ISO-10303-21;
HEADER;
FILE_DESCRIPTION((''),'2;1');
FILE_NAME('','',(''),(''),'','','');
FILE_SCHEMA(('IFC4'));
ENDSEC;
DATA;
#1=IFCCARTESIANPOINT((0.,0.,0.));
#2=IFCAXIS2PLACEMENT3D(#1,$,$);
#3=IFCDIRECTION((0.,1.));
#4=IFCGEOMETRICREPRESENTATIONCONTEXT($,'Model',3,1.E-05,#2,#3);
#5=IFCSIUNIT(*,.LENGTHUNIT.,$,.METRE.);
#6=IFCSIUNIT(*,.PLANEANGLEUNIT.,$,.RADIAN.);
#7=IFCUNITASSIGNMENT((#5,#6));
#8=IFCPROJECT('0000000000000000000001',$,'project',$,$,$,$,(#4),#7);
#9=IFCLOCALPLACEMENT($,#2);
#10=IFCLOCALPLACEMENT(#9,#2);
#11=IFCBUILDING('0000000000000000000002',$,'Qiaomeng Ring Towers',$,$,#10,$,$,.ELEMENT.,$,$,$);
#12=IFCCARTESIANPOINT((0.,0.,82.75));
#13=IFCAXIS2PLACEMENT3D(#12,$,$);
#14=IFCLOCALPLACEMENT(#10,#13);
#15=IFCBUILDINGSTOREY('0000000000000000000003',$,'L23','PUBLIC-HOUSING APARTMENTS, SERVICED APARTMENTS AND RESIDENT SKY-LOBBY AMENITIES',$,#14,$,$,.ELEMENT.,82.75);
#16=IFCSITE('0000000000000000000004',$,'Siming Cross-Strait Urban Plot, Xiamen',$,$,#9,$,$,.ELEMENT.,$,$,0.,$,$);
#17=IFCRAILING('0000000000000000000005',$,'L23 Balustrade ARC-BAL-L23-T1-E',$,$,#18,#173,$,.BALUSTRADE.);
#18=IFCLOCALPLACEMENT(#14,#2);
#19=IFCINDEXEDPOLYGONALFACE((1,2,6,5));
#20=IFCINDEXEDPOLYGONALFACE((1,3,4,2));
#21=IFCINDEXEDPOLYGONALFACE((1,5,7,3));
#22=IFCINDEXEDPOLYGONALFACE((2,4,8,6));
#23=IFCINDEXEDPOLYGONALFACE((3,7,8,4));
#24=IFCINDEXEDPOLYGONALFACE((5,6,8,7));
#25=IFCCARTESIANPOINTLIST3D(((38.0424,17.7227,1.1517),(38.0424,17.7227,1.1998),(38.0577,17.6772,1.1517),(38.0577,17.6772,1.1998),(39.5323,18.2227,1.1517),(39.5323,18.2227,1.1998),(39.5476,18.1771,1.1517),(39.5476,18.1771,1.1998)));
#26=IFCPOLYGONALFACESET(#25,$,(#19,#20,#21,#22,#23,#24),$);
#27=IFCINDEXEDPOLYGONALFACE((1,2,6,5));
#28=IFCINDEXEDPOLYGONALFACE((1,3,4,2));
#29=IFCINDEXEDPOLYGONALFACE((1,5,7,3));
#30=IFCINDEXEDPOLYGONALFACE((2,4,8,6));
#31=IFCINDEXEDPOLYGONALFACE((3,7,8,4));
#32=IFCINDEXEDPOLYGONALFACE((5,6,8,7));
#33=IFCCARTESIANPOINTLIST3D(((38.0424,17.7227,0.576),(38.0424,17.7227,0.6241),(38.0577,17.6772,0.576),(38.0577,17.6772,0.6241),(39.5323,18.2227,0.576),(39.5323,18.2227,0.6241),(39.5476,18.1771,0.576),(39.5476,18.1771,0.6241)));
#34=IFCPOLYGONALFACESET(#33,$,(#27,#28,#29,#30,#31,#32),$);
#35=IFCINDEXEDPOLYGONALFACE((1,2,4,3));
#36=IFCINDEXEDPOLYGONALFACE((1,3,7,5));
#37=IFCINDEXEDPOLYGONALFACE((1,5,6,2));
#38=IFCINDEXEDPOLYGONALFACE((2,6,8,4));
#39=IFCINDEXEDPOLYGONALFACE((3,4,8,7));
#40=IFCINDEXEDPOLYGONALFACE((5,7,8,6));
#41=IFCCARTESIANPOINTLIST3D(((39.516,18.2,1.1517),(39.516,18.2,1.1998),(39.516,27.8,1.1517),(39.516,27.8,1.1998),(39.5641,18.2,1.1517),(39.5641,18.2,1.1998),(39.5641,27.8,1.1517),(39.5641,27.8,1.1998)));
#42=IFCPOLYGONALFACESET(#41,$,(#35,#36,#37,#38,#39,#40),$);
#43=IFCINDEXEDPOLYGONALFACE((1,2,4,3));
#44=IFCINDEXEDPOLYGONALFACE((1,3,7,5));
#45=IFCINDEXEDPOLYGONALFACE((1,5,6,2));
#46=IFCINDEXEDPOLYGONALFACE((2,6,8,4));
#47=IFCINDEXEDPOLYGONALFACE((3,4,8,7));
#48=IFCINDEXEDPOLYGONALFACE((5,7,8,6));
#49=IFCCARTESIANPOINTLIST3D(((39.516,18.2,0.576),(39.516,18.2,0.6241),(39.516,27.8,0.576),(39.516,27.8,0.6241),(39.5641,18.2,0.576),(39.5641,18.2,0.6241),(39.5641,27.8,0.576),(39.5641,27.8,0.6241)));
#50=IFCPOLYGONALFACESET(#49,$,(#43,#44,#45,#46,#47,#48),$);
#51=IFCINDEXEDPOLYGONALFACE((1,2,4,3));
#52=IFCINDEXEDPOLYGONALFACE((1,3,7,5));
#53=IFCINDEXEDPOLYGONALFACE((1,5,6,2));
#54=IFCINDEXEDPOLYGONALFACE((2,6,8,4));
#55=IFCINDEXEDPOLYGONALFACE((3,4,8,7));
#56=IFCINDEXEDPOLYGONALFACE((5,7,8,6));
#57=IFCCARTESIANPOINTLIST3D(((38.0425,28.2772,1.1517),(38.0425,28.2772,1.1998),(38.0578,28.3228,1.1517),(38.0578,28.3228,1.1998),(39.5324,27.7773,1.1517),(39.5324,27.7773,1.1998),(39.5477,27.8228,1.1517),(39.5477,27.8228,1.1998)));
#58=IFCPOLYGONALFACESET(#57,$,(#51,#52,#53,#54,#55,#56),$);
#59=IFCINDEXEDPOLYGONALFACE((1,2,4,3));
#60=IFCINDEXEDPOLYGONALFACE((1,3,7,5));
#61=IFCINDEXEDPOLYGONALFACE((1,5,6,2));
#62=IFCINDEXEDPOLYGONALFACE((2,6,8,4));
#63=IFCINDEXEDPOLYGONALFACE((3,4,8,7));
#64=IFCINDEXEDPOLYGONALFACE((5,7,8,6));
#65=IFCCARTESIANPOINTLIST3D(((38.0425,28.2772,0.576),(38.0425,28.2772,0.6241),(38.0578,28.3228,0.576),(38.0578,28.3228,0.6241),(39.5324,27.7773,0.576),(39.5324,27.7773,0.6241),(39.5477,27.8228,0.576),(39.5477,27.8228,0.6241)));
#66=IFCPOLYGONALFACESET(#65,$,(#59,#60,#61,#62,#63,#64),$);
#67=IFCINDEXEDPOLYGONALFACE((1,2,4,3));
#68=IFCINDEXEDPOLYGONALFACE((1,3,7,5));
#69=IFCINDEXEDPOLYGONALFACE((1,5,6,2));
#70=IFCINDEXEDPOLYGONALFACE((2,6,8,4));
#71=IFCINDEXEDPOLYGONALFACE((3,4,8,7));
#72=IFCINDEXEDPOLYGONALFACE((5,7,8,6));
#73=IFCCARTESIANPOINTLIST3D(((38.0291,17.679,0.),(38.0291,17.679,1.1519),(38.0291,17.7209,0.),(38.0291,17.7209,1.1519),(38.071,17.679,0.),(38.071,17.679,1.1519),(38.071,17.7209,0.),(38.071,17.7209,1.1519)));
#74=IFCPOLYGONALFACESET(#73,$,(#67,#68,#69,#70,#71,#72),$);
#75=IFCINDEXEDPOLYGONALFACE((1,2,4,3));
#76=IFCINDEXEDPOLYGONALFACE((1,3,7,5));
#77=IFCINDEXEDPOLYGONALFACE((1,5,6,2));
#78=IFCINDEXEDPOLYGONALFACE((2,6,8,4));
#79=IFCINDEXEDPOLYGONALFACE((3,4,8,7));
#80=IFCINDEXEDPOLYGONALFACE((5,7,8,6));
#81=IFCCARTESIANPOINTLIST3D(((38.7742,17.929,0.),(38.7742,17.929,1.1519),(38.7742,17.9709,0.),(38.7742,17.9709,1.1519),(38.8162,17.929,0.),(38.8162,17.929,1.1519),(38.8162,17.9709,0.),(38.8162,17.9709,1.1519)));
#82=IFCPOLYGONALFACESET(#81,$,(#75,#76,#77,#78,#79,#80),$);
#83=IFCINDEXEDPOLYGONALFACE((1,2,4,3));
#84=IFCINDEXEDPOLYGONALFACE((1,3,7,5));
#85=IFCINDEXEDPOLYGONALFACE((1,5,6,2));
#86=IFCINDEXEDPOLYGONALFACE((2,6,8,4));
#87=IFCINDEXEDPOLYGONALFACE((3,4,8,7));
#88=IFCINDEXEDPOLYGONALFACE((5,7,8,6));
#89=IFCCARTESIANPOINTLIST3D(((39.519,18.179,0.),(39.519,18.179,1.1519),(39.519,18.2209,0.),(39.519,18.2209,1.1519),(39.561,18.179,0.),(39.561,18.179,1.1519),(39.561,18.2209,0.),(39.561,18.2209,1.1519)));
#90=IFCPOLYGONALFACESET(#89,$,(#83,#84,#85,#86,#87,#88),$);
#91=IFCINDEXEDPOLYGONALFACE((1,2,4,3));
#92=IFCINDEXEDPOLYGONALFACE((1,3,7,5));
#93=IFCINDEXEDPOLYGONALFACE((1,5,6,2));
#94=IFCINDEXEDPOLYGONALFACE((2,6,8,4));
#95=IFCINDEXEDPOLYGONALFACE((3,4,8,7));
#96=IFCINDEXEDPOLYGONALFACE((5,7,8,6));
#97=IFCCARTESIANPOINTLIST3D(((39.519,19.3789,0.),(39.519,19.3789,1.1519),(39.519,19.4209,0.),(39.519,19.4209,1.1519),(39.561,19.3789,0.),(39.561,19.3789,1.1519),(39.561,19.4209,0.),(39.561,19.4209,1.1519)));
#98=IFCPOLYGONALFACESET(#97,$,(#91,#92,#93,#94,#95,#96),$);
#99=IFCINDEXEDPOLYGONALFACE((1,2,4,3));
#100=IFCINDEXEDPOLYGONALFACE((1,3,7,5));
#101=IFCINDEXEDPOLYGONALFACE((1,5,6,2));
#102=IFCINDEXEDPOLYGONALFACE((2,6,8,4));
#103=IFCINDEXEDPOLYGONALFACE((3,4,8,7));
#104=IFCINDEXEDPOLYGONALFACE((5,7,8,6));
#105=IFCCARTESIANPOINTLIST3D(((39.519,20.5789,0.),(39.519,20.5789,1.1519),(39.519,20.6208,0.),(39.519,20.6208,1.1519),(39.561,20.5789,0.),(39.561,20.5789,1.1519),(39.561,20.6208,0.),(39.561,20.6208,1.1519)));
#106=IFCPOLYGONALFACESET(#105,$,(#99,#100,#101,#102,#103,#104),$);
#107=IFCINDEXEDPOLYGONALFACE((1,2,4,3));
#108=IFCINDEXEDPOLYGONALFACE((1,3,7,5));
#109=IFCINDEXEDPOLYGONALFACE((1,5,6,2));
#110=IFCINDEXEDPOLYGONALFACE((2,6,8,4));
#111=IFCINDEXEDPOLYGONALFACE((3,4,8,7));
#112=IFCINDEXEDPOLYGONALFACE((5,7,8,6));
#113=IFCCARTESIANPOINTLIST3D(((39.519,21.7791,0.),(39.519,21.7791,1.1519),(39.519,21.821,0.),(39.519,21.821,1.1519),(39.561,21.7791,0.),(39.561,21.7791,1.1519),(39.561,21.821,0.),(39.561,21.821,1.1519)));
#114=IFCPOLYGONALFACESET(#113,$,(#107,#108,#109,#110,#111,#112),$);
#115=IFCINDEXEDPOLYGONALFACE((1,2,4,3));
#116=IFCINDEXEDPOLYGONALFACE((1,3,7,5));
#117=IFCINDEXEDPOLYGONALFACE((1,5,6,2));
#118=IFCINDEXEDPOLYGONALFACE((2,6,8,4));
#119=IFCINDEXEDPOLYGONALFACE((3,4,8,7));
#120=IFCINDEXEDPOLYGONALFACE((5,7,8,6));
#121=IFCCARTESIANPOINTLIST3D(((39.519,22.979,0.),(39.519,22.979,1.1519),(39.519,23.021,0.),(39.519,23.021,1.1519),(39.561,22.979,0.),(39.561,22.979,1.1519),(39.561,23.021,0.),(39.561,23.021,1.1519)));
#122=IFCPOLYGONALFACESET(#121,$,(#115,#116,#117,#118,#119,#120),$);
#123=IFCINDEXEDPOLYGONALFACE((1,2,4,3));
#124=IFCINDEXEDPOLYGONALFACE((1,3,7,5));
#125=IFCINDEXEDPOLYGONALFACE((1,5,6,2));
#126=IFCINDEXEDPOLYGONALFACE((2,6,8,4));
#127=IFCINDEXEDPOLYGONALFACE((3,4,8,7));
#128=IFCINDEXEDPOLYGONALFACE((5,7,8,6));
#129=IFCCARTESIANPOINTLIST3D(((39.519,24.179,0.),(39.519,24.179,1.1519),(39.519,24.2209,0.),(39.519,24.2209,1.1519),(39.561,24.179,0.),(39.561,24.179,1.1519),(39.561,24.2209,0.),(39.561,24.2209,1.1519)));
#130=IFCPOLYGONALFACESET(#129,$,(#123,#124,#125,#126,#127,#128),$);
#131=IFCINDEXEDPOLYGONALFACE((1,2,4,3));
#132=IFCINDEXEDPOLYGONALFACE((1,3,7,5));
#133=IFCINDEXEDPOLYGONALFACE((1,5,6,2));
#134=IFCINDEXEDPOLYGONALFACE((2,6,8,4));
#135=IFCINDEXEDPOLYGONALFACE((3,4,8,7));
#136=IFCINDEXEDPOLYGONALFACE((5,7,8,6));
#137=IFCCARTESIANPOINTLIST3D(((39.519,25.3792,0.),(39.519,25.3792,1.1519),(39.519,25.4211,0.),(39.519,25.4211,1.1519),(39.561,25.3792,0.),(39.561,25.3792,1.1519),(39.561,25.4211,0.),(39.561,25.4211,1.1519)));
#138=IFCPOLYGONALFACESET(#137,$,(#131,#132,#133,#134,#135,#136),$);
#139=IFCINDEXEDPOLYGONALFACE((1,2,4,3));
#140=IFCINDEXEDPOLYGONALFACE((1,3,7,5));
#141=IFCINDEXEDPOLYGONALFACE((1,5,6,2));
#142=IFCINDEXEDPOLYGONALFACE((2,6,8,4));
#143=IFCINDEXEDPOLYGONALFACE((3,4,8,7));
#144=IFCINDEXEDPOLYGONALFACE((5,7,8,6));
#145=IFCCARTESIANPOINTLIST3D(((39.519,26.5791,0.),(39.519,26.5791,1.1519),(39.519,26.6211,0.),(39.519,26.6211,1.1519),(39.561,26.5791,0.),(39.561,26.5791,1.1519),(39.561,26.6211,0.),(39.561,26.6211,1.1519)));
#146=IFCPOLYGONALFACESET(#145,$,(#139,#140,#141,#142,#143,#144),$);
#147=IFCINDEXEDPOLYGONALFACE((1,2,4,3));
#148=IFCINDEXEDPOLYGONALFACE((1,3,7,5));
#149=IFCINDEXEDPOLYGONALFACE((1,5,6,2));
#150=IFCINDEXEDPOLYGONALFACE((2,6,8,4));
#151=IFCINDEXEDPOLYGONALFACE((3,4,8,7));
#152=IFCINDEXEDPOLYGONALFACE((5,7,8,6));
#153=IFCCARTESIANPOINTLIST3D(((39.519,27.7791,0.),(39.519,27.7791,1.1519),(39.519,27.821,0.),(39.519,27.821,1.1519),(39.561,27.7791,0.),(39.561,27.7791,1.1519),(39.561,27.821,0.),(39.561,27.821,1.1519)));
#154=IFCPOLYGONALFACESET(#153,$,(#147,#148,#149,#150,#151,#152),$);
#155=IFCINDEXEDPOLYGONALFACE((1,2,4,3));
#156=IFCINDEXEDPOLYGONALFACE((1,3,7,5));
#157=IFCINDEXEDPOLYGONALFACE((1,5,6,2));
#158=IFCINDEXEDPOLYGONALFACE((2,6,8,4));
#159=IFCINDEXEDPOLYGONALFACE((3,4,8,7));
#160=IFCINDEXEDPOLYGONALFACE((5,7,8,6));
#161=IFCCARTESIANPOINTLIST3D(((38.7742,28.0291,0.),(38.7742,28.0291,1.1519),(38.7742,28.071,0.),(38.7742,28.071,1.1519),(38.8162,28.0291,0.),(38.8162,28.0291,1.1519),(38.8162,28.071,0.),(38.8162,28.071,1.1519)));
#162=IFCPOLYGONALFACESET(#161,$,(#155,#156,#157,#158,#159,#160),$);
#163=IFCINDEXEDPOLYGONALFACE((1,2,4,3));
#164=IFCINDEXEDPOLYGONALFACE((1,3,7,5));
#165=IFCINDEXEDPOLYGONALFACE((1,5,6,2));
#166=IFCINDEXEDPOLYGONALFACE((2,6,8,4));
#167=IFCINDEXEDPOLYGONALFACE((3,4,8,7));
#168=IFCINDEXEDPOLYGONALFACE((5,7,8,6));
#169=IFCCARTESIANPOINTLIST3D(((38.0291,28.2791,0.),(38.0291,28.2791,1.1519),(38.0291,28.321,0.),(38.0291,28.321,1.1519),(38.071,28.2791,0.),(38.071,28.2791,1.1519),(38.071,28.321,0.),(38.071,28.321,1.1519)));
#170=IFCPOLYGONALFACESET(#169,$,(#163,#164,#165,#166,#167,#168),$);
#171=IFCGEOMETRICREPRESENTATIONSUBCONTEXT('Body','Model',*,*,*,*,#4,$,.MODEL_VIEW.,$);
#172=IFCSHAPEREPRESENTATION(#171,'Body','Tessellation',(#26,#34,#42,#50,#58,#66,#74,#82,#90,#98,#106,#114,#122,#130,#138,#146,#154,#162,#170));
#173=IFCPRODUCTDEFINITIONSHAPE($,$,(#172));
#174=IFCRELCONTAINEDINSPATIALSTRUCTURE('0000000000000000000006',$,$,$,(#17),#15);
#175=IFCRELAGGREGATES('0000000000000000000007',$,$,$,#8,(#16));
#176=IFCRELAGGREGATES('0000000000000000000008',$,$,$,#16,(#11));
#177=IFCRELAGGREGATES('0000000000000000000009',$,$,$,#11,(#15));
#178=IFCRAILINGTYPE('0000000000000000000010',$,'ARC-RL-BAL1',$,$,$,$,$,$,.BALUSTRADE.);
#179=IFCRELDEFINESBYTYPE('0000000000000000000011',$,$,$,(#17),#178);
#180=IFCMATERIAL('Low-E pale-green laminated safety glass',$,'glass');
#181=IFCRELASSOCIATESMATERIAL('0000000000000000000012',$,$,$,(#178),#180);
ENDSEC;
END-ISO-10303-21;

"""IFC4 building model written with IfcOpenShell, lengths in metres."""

from ifc_helpers import new_model, si_unit, direction, frame, origin, origin_2d, place, context, subcontext, project, spatial, rectangle, extrude, material, type_object, element, save


model = new_model("IFC4")

# Units and contexts
model_context = context("Model", 3, precision=1e-05, world=origin(), true_north=direction((0.0, 1.0)))
body_context = subcontext(model_context, "Body", "Model", "MODEL_VIEW")
ifc_project = project(units=[si_unit("LENGTHUNIT", "METRE"), si_unit("PLANEANGLEUNIT", "RADIAN")], contexts=[model_context])

# Site, building, storey
site_placement = place(None, origin())
site = spatial("IfcSite", under=ifc_project, at=site_placement, Name="Siming Cross-Strait Urban Plot, Xiamen", CompositionType="ELEMENT", RefElevation=0.0)
building_placement = place(site_placement, origin())
building = spatial("IfcBuilding", under=site, at=building_placement, Name="Qiaomeng Ring Towers", CompositionType="ELEMENT")
storey_placement = place(building_placement, frame((0.0, 0.0, 82.75)))
storey = spatial("IfcBuildingStorey", under=building, at=storey_placement, Name="L23", Description="PUBLIC-HOUSING APARTMENTS, SERVICED APARTMENTS AND RESIDENT SKY-LOBBY AMENITIES", CompositionType="ELEMENT", Elevation=82.75)

# Railing
ifc_material_1 = material(Name="Low-E pale-green laminated safety glass", Category="glass")
railing_type = type_object("IfcRailingType", Name="ARC-RL-BAL1", PredefinedType="BALUSTRADE", material=ifc_material_1)
railing_1_placement = place(storey_placement, frame((38.05, 17.7, 0.0)))
element("IfcRailing", 1, at=railing_1_placement, inside=storey, type_object=railing_type, Name="L23 Balustrade ARC-BAL-L23-T1-E", PredefinedType="BALUSTRADE", context=body_context, shape_type="SweptSolid", body=[
    extrude(rectangle(XDim=0.0481, YDim=0.0481, at=origin_2d()), frame((0.0, 0.0, 1.1758), z_axis=(0.948044, 0.318138, 0.0), x_axis=(-0.318138, 0.948044, 0.0)), (0.0, 0.0, 1.0), 1.5715),
    extrude(rectangle(XDim=0.0481, YDim=0.0481, at=origin_2d()), frame((0.0, 0.0, 0.6001), z_axis=(0.948044, 0.318138, 0.0), x_axis=(-0.318138, 0.948044, 0.0)), (0.0, 0.0, 1.0), 1.5715),
    extrude(rectangle(XDim=0.0481, YDim=0.0481, at=origin_2d()), frame((1.49, 0.5, 1.1758), z_axis=(0.0, 1.0, 0.0), x_axis=(-1.0, 0.0, 0.0)), (0.0, 0.0, 1.0), 9.6001),
    extrude(rectangle(XDim=0.0481, YDim=0.0481, at=origin_2d()), frame((1.49, 0.5, 0.6001), z_axis=(0.0, 1.0, 0.0), x_axis=(-1.0, 0.0, 0.0)), (0.0, 0.0, 1.0), 9.6001),
    extrude(rectangle(XDim=0.0481, YDim=0.0481, at=origin_2d()), frame((1.49, 10.1001, 1.1758), z_axis=(-0.948044, 0.318138, 0.0), x_axis=(-0.318138, -0.948044, 0.0)), (0.0, 0.0, 1.0), 1.5715),
    extrude(rectangle(XDim=0.0481, YDim=0.0481, at=origin_2d()), frame((1.49, 10.1001, 0.6001), z_axis=(-0.948044, 0.318138, 0.0), x_axis=(-0.318138, -0.948044, 0.0)), (0.0, 0.0, 1.0), 1.5715),
    extrude(rectangle(XDim=0.042, YDim=0.042, at=origin_2d()), origin(), (0.0, 0.0, 1.0), 1.1519),
    extrude(rectangle(XDim=0.042, YDim=0.042, at=origin_2d()), frame((0.7451, 0.25, 0.0)), (0.0, 0.0, 1.0), 1.1519),
    extrude(rectangle(XDim=0.042, YDim=0.042, at=origin_2d()), frame((1.49, 0.5, 0.0)), (0.0, 0.0, 1.0), 1.1519),
    extrude(rectangle(XDim=0.042, YDim=0.042, at=origin_2d()), frame((1.49, 1.7, 0.0)), (0.0, 0.0, 1.0), 1.1519),
    extrude(rectangle(XDim=0.042, YDim=0.042, at=origin_2d()), frame((1.49, 2.8999, 0.0)), (0.0, 0.0, 1.0), 1.1519),
    extrude(rectangle(XDim=0.042, YDim=0.042, at=origin_2d()), frame((1.49, 4.1001, 0.0)), (0.0, 0.0, 1.0), 1.1519),
    extrude(rectangle(XDim=0.042, YDim=0.042, at=origin_2d()), frame((1.49, 5.3, 0.0)), (0.0, 0.0, 1.0), 1.1519),
    extrude(rectangle(XDim=0.042, YDim=0.042, at=origin_2d()), frame((1.49, 6.5, 0.0)), (0.0, 0.0, 1.0), 1.1519),
    extrude(rectangle(XDim=0.042, YDim=0.042, at=origin_2d()), frame((1.49, 7.7002, 0.0)), (0.0, 0.0, 1.0), 1.1519),
    extrude(rectangle(XDim=0.042, YDim=0.042, at=origin_2d()), frame((1.49, 8.9001, 0.0)), (0.0, 0.0, 1.0), 1.1519),
    extrude(rectangle(XDim=0.042, YDim=0.042, at=origin_2d()), frame((1.49, 10.1001, 0.0)), (0.0, 0.0, 1.0), 1.1519),
    extrude(rectangle(XDim=0.042, YDim=0.042, at=origin_2d()), frame((0.7451, 10.3501, 0.0)), (0.0, 0.0, 1.0), 1.1519),
    extrude(rectangle(XDim=0.042, YDim=0.042, at=origin_2d()), frame((0.0, 10.6001, 0.0)), (0.0, 0.0, 1.0), 1.1519),
])

save(model, "model.ifc")
